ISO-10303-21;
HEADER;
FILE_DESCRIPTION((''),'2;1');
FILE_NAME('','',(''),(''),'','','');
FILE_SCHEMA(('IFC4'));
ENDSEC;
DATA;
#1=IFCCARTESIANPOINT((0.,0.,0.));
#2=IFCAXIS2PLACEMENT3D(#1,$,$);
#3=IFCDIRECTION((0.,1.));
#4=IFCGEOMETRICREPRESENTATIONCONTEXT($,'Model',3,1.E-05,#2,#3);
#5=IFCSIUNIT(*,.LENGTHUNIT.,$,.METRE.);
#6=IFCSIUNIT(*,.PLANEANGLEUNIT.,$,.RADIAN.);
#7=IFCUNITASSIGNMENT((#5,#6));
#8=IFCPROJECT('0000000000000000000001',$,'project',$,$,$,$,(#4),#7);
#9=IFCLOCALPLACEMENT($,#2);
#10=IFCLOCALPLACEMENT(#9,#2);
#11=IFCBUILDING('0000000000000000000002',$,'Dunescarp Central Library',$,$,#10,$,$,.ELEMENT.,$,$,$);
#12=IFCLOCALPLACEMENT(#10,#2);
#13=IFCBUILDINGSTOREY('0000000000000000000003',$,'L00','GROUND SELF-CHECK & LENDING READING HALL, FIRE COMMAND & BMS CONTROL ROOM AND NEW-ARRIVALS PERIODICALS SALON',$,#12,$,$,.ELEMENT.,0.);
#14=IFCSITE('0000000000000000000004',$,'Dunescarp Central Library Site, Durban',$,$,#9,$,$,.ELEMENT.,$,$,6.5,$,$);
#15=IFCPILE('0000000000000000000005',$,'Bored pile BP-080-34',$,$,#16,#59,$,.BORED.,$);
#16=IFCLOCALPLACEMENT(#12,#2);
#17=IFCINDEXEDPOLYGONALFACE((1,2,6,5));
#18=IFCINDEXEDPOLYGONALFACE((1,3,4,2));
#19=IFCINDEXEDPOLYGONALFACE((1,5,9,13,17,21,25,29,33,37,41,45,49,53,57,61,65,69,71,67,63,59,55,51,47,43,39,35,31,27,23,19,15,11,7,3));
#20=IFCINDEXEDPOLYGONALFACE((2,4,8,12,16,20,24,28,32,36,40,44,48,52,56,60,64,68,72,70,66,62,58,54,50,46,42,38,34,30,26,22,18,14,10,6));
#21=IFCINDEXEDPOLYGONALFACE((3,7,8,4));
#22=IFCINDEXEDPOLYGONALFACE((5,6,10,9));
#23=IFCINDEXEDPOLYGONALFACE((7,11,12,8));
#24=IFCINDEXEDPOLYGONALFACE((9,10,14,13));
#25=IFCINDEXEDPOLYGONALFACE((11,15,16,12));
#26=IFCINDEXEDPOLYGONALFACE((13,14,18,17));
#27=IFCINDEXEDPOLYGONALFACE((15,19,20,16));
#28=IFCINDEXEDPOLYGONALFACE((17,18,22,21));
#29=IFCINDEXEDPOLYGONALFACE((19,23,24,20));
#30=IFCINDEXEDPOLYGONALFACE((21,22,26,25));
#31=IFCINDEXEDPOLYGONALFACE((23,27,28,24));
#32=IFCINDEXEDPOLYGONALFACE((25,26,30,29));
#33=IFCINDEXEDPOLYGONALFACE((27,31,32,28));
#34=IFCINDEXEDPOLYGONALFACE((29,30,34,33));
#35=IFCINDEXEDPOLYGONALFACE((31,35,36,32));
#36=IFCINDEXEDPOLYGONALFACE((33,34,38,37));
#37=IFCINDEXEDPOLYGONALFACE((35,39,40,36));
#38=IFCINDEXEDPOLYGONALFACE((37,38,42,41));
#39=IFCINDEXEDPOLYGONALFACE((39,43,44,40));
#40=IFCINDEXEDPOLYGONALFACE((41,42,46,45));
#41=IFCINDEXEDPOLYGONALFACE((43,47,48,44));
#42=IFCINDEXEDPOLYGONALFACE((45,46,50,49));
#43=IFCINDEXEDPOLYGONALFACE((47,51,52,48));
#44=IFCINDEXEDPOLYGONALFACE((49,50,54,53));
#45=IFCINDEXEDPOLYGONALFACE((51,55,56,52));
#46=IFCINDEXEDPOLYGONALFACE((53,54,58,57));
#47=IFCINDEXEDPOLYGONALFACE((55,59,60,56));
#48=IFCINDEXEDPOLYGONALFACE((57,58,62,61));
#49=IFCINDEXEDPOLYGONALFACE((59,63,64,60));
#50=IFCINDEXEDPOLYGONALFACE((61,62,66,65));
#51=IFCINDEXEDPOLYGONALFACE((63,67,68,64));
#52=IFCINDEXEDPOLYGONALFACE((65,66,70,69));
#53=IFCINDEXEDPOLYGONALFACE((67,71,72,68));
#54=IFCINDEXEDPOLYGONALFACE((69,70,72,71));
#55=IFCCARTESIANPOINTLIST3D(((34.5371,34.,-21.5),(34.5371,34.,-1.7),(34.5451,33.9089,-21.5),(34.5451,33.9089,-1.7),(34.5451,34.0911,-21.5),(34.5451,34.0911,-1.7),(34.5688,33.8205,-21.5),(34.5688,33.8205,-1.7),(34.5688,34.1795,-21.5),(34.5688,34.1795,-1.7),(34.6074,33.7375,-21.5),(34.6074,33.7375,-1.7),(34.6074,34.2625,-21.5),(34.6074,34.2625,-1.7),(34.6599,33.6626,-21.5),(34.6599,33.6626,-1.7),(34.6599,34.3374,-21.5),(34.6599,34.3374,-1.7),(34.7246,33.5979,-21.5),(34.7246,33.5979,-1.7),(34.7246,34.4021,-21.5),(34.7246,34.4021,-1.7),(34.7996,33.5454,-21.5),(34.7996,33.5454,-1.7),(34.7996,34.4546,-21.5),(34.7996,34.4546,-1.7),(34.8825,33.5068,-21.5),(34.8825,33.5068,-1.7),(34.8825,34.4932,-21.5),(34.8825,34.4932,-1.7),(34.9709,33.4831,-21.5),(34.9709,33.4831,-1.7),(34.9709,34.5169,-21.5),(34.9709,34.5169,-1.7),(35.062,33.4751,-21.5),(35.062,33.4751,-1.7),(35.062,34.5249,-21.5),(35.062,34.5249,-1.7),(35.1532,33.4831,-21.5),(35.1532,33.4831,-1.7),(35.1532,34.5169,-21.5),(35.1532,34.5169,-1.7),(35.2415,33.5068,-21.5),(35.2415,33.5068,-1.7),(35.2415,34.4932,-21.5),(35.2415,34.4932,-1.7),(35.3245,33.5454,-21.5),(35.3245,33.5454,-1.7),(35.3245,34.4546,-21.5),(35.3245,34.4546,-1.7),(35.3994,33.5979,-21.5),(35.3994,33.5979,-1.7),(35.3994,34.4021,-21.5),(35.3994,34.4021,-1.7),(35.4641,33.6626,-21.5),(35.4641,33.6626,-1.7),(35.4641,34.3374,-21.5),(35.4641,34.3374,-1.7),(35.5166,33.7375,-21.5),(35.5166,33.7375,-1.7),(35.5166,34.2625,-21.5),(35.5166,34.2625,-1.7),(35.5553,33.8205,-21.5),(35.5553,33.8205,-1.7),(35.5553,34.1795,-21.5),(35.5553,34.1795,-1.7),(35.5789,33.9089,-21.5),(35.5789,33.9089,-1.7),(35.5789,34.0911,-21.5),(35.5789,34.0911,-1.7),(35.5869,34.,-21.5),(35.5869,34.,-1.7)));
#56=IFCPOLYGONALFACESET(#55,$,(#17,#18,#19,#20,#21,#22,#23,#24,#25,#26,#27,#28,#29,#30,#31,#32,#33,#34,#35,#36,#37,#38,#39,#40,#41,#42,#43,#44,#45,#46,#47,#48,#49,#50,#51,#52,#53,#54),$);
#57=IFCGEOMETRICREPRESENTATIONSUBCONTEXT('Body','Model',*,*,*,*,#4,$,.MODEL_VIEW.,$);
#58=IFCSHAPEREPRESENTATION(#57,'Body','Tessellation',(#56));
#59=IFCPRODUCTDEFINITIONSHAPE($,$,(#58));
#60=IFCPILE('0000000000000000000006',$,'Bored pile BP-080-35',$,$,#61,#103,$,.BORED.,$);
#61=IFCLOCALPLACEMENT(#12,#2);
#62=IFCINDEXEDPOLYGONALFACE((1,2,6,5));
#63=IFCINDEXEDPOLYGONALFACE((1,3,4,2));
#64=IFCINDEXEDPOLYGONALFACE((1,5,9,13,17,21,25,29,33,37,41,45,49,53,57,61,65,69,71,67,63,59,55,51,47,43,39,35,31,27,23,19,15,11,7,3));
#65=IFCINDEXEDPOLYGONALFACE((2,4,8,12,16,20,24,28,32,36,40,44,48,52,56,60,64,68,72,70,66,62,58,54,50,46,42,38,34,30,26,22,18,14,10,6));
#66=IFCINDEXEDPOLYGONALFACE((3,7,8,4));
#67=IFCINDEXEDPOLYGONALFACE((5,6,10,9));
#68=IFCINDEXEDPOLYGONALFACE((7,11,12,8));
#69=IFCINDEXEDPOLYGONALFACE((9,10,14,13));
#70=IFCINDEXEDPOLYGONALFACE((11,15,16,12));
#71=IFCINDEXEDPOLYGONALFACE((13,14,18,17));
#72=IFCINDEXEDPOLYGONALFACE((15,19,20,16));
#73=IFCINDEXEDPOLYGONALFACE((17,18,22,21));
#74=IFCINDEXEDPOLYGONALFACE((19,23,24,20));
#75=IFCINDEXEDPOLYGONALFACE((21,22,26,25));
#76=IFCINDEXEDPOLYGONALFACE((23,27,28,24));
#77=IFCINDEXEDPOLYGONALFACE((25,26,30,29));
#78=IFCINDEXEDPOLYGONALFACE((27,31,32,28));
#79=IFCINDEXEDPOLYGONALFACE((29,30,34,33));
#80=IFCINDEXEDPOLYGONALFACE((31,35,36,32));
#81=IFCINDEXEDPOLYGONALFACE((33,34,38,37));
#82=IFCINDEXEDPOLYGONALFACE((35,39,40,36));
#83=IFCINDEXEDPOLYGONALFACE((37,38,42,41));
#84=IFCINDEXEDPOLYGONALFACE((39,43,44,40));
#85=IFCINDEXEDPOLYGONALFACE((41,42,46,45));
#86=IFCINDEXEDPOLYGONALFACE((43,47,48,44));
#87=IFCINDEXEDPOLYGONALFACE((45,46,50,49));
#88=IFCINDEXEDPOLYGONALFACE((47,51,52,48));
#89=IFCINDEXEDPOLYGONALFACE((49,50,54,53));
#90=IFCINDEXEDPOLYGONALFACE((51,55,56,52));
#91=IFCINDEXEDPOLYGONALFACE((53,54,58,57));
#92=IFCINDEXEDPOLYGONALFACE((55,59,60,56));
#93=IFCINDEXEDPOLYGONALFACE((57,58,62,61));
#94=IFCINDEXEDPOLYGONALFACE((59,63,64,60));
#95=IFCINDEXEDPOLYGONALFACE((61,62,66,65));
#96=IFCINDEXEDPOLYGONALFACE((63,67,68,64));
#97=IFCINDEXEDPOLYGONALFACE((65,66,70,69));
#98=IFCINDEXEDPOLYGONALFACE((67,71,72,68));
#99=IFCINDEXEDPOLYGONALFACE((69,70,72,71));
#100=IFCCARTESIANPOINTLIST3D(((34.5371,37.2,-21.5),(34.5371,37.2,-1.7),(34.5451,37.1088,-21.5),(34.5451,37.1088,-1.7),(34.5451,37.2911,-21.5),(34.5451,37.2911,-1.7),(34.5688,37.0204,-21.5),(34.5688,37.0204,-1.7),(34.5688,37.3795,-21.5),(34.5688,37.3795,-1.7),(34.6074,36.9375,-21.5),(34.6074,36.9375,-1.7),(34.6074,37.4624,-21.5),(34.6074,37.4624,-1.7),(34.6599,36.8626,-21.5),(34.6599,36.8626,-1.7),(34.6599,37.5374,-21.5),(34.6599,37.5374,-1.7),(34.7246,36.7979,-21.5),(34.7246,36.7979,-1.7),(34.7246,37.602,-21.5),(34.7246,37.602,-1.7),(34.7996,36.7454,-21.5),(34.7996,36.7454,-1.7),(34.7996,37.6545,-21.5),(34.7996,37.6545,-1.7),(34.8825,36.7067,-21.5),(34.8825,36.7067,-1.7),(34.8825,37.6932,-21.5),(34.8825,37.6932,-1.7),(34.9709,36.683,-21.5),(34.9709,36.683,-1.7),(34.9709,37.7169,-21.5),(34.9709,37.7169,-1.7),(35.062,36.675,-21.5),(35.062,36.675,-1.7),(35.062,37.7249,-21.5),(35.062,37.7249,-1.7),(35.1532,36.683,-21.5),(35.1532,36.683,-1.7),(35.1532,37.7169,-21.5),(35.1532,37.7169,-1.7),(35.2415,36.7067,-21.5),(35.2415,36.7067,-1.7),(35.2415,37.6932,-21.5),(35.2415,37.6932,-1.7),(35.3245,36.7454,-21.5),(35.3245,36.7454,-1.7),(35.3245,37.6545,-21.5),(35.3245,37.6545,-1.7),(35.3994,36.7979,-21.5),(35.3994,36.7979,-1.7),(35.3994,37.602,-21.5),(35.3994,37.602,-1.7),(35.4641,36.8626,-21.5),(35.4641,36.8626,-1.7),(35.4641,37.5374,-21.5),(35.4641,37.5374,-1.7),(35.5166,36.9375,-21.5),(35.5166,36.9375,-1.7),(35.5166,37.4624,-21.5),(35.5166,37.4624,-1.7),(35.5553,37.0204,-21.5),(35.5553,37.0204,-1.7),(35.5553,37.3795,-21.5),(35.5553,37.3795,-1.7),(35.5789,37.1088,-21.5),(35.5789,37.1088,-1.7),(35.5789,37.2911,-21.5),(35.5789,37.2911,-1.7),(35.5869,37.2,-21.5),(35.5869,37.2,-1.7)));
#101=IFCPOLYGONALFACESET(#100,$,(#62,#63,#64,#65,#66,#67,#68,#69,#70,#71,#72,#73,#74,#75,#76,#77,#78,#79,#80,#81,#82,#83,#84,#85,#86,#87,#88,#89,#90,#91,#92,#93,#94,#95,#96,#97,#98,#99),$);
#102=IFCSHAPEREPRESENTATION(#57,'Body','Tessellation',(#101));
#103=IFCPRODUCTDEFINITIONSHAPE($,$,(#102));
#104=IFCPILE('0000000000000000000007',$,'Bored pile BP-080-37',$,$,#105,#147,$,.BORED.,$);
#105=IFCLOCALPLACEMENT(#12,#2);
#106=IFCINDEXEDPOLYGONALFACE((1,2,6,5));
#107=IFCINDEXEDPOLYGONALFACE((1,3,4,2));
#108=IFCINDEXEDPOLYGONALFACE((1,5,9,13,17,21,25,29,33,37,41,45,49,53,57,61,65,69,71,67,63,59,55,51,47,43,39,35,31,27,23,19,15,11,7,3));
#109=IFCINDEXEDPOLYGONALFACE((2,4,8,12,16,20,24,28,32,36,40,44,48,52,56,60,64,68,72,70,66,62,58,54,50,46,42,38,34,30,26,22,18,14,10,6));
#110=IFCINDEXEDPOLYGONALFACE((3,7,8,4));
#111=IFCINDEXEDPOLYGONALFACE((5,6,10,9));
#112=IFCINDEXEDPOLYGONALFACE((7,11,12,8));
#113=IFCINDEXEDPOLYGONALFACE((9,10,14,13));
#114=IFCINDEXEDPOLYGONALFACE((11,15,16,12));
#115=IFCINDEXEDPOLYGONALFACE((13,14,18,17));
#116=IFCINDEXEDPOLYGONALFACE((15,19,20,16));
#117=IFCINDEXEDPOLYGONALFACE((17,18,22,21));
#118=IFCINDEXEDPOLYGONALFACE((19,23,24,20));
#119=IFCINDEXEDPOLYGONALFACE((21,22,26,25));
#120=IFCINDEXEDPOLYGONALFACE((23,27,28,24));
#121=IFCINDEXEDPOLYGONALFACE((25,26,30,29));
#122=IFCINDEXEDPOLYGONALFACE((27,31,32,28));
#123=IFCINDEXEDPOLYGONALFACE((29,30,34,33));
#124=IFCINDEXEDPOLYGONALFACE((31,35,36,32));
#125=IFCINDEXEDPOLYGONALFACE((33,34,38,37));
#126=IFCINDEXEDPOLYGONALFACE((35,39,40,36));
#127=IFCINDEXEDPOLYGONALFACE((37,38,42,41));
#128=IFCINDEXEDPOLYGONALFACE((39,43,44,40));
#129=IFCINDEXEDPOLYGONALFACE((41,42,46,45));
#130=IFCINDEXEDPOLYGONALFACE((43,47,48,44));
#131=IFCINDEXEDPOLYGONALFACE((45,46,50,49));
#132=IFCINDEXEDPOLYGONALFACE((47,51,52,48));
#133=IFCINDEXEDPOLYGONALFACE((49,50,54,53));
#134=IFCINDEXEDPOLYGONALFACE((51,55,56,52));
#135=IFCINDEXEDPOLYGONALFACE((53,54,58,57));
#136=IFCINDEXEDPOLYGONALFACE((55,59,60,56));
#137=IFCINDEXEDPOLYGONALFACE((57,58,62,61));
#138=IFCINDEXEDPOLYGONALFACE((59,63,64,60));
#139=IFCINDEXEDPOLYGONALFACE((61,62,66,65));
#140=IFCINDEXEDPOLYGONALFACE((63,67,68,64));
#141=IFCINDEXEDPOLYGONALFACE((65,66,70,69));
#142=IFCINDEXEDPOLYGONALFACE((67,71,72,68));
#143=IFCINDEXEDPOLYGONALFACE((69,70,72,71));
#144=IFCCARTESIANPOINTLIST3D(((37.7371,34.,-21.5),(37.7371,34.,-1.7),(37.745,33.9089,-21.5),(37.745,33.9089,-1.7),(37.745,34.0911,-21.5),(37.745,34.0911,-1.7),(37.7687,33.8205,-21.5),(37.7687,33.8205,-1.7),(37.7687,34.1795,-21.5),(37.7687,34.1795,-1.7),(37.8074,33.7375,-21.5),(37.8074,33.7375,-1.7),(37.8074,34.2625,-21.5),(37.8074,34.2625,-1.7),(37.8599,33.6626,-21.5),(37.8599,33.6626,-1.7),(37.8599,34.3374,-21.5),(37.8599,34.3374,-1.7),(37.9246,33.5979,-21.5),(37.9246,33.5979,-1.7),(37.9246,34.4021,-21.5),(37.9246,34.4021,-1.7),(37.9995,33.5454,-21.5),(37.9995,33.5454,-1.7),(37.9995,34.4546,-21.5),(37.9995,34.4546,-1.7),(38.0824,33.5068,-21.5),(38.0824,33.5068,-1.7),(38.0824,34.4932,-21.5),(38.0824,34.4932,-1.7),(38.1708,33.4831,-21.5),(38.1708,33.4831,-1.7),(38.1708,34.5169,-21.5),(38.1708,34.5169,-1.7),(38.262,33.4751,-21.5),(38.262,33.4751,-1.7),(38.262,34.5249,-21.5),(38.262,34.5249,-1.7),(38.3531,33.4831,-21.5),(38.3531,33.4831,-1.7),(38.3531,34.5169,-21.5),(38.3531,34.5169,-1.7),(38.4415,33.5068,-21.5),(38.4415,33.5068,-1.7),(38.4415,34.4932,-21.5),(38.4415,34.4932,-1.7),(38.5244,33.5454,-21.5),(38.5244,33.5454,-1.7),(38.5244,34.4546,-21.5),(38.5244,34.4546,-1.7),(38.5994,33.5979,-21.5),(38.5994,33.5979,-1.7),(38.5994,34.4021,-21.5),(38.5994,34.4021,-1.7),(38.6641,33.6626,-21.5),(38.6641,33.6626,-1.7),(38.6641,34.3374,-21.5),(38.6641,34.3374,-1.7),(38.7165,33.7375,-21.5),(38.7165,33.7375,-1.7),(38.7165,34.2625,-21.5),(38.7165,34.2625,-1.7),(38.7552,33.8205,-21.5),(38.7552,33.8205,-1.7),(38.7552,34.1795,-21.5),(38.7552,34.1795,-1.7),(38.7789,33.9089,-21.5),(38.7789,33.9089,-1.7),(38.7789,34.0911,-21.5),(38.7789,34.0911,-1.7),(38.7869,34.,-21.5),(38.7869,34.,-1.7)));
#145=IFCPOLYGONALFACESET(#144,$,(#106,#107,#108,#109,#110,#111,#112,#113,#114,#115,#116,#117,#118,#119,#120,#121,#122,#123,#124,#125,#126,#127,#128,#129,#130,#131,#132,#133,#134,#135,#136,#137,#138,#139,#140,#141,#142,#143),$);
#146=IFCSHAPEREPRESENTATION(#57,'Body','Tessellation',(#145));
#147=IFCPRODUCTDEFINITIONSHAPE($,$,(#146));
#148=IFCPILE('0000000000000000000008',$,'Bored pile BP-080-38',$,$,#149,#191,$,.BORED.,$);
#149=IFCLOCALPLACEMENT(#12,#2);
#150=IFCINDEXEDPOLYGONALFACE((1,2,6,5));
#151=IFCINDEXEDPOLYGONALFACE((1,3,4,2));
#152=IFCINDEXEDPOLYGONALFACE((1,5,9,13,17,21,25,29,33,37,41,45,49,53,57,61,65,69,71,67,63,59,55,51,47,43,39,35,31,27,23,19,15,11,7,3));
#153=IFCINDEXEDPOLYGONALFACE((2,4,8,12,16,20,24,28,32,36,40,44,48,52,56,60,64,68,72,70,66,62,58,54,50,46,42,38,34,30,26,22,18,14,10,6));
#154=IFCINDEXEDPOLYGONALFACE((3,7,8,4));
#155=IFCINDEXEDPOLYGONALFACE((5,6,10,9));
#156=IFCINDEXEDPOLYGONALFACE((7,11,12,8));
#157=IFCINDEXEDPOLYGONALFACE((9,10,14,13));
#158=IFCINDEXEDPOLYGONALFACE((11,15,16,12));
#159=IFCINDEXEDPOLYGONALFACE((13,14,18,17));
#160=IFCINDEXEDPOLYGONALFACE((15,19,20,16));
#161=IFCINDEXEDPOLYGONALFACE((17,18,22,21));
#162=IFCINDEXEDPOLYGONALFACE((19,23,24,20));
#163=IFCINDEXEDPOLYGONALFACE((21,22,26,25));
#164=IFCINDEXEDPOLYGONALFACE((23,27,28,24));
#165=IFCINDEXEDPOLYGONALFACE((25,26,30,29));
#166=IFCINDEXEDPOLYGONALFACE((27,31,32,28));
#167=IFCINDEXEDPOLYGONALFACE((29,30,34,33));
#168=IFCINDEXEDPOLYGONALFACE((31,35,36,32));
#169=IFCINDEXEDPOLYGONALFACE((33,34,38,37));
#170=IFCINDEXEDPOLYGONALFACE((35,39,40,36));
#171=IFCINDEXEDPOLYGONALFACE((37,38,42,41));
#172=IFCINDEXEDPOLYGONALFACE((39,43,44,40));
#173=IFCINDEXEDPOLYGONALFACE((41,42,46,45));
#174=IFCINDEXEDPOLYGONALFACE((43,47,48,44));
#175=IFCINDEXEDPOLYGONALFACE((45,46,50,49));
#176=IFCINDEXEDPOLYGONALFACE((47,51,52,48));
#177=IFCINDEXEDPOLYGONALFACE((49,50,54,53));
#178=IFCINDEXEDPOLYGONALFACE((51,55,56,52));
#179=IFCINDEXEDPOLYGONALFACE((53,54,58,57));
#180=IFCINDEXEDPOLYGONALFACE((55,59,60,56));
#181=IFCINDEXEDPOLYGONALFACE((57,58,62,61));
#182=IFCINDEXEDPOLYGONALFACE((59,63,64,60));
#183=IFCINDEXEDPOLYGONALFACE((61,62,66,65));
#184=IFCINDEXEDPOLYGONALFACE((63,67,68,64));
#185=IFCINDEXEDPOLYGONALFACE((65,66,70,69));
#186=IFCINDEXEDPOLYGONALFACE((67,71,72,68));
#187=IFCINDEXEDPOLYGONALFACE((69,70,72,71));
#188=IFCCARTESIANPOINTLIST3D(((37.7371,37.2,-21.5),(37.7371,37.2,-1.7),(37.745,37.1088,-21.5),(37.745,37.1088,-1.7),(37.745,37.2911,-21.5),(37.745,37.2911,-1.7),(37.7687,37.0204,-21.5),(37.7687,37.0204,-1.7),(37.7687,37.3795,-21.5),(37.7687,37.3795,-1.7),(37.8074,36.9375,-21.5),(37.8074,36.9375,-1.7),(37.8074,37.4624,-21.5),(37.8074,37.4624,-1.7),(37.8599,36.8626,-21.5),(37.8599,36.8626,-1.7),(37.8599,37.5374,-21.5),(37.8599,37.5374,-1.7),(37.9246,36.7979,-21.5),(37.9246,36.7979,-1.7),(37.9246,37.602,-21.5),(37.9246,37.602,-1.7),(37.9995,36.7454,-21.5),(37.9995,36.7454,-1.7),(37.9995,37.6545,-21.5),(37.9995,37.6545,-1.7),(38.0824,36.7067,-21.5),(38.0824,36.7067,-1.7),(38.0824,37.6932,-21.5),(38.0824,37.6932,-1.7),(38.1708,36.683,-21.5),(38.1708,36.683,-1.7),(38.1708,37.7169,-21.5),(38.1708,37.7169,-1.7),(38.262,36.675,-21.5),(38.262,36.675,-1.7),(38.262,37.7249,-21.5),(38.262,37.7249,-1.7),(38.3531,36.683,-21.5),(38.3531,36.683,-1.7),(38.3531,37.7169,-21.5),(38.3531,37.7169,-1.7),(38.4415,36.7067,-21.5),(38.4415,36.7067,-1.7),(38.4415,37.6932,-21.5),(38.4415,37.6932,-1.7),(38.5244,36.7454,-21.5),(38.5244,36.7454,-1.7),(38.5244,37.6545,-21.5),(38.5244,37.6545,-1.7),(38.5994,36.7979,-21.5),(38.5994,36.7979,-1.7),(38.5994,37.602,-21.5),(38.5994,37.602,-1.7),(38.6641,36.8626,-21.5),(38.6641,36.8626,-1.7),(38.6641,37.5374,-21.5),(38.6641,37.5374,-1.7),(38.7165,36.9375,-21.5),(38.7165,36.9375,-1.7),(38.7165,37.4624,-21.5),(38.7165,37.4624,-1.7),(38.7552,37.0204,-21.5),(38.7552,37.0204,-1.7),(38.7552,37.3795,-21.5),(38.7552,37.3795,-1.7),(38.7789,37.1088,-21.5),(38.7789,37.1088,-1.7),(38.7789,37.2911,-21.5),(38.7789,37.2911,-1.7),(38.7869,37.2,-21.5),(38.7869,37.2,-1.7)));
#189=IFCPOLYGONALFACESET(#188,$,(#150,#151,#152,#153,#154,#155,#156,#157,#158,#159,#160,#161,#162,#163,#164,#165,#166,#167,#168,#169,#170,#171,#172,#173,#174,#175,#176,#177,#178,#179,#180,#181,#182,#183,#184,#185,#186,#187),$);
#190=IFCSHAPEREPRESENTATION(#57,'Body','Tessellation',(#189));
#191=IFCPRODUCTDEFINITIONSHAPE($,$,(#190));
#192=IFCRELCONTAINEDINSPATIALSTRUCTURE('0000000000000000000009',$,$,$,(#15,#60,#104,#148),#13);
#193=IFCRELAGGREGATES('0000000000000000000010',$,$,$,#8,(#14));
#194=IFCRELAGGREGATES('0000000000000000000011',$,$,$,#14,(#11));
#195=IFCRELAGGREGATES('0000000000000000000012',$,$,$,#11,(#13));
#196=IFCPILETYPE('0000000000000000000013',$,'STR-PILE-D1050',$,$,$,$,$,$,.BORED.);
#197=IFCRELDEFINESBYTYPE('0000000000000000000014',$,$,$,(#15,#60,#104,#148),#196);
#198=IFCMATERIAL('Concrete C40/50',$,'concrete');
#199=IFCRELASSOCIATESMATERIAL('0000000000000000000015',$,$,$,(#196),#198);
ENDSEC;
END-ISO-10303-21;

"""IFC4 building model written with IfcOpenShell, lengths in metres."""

from ifc_helpers import new_model, si_unit, direction, frame, origin, origin_2d, place, context, subcontext, project, spatial, circle, extrude, material, material_profile, profile_set, type_object, element, save


model = new_model("IFC4")

# Units and contexts
model_context = context("Model", 3, precision=1e-05, world=origin(), true_north=direction((0.0, 1.0)))
body_context = subcontext(model_context, "Body", "Model", "MODEL_VIEW")
ifc_project = project(units=[si_unit("LENGTHUNIT", "METRE"), si_unit("PLANEANGLEUNIT", "RADIAN")], contexts=[model_context])

# Site, building, storey
site_placement = place(None, origin())
site = spatial("IfcSite", under=ifc_project, at=site_placement, Name="Dunescarp Central Library Site, Durban", CompositionType="ELEMENT", RefElevation=6.5)
building_placement = place(site_placement, origin())
building = spatial("IfcBuilding", under=site, at=building_placement, Name="Dunescarp Central Library", CompositionType="ELEMENT")
storey_placement = place(building_placement, origin())
storey = spatial("IfcBuildingStorey", under=building, at=storey_placement, Name="L00", Description="GROUND SELF-CHECK & LENDING READING HALL, FIRE COMMAND & BMS CONTROL ROOM AND NEW-ARRIVALS PERIODICALS SALON", CompositionType="ELEMENT", Elevation=0.0)

# Piles
ifc_material_1 = material(Name="Concrete C40/50", Category="concrete")
ifc_material_profile_1 = material_profile(ifc_material_1, circle(Radius=0.5249, at=origin_2d()), Name="PILE D1050")
ifc_profile_set_1 = profile_set([ifc_material_profile_1], Name="Concrete C40/50")
pile_type = type_object("IfcPileType", Name="STR-PILE-D1050", PredefinedType="BORED", material=ifc_profile_set_1)
for number, where, z_axis, x_axis, name in (
    (1, (35.062, 34.0, -1.7), (0.0, 0.0, -1.0), (1.0, 0.0, 0.0), "Bored pile BP-080-34"),
    (2, (35.062, 37.2, -1.7), (0.0, 0.0, -1.0), (1.0, 0.0, 0.0), "Bored pile BP-080-35"),
    (3, (38.262, 34.0, -1.7), (0.0, 0.0, -1.0), (1.0, 0.0, 0.0), "Bored pile BP-080-37"),
    (4, (38.262, 37.2, -1.7), (0.0, 0.0, -1.0), (1.0, 0.0, 0.0), "Bored pile BP-080-38"),
):
    element("IfcPile", number, at=place(storey_placement, frame(where, z_axis=z_axis, x_axis=x_axis)), inside=storey, type_object=pile_type, Name=name, PredefinedType="BORED", context=body_context, shape_type="SweptSolid", body=[
        extrude(circle(Radius=0.5249, at=origin_2d()), origin(), (0.0, 0.0, 1.0), 19.8),
    ])

save(model, "model.ifc")
